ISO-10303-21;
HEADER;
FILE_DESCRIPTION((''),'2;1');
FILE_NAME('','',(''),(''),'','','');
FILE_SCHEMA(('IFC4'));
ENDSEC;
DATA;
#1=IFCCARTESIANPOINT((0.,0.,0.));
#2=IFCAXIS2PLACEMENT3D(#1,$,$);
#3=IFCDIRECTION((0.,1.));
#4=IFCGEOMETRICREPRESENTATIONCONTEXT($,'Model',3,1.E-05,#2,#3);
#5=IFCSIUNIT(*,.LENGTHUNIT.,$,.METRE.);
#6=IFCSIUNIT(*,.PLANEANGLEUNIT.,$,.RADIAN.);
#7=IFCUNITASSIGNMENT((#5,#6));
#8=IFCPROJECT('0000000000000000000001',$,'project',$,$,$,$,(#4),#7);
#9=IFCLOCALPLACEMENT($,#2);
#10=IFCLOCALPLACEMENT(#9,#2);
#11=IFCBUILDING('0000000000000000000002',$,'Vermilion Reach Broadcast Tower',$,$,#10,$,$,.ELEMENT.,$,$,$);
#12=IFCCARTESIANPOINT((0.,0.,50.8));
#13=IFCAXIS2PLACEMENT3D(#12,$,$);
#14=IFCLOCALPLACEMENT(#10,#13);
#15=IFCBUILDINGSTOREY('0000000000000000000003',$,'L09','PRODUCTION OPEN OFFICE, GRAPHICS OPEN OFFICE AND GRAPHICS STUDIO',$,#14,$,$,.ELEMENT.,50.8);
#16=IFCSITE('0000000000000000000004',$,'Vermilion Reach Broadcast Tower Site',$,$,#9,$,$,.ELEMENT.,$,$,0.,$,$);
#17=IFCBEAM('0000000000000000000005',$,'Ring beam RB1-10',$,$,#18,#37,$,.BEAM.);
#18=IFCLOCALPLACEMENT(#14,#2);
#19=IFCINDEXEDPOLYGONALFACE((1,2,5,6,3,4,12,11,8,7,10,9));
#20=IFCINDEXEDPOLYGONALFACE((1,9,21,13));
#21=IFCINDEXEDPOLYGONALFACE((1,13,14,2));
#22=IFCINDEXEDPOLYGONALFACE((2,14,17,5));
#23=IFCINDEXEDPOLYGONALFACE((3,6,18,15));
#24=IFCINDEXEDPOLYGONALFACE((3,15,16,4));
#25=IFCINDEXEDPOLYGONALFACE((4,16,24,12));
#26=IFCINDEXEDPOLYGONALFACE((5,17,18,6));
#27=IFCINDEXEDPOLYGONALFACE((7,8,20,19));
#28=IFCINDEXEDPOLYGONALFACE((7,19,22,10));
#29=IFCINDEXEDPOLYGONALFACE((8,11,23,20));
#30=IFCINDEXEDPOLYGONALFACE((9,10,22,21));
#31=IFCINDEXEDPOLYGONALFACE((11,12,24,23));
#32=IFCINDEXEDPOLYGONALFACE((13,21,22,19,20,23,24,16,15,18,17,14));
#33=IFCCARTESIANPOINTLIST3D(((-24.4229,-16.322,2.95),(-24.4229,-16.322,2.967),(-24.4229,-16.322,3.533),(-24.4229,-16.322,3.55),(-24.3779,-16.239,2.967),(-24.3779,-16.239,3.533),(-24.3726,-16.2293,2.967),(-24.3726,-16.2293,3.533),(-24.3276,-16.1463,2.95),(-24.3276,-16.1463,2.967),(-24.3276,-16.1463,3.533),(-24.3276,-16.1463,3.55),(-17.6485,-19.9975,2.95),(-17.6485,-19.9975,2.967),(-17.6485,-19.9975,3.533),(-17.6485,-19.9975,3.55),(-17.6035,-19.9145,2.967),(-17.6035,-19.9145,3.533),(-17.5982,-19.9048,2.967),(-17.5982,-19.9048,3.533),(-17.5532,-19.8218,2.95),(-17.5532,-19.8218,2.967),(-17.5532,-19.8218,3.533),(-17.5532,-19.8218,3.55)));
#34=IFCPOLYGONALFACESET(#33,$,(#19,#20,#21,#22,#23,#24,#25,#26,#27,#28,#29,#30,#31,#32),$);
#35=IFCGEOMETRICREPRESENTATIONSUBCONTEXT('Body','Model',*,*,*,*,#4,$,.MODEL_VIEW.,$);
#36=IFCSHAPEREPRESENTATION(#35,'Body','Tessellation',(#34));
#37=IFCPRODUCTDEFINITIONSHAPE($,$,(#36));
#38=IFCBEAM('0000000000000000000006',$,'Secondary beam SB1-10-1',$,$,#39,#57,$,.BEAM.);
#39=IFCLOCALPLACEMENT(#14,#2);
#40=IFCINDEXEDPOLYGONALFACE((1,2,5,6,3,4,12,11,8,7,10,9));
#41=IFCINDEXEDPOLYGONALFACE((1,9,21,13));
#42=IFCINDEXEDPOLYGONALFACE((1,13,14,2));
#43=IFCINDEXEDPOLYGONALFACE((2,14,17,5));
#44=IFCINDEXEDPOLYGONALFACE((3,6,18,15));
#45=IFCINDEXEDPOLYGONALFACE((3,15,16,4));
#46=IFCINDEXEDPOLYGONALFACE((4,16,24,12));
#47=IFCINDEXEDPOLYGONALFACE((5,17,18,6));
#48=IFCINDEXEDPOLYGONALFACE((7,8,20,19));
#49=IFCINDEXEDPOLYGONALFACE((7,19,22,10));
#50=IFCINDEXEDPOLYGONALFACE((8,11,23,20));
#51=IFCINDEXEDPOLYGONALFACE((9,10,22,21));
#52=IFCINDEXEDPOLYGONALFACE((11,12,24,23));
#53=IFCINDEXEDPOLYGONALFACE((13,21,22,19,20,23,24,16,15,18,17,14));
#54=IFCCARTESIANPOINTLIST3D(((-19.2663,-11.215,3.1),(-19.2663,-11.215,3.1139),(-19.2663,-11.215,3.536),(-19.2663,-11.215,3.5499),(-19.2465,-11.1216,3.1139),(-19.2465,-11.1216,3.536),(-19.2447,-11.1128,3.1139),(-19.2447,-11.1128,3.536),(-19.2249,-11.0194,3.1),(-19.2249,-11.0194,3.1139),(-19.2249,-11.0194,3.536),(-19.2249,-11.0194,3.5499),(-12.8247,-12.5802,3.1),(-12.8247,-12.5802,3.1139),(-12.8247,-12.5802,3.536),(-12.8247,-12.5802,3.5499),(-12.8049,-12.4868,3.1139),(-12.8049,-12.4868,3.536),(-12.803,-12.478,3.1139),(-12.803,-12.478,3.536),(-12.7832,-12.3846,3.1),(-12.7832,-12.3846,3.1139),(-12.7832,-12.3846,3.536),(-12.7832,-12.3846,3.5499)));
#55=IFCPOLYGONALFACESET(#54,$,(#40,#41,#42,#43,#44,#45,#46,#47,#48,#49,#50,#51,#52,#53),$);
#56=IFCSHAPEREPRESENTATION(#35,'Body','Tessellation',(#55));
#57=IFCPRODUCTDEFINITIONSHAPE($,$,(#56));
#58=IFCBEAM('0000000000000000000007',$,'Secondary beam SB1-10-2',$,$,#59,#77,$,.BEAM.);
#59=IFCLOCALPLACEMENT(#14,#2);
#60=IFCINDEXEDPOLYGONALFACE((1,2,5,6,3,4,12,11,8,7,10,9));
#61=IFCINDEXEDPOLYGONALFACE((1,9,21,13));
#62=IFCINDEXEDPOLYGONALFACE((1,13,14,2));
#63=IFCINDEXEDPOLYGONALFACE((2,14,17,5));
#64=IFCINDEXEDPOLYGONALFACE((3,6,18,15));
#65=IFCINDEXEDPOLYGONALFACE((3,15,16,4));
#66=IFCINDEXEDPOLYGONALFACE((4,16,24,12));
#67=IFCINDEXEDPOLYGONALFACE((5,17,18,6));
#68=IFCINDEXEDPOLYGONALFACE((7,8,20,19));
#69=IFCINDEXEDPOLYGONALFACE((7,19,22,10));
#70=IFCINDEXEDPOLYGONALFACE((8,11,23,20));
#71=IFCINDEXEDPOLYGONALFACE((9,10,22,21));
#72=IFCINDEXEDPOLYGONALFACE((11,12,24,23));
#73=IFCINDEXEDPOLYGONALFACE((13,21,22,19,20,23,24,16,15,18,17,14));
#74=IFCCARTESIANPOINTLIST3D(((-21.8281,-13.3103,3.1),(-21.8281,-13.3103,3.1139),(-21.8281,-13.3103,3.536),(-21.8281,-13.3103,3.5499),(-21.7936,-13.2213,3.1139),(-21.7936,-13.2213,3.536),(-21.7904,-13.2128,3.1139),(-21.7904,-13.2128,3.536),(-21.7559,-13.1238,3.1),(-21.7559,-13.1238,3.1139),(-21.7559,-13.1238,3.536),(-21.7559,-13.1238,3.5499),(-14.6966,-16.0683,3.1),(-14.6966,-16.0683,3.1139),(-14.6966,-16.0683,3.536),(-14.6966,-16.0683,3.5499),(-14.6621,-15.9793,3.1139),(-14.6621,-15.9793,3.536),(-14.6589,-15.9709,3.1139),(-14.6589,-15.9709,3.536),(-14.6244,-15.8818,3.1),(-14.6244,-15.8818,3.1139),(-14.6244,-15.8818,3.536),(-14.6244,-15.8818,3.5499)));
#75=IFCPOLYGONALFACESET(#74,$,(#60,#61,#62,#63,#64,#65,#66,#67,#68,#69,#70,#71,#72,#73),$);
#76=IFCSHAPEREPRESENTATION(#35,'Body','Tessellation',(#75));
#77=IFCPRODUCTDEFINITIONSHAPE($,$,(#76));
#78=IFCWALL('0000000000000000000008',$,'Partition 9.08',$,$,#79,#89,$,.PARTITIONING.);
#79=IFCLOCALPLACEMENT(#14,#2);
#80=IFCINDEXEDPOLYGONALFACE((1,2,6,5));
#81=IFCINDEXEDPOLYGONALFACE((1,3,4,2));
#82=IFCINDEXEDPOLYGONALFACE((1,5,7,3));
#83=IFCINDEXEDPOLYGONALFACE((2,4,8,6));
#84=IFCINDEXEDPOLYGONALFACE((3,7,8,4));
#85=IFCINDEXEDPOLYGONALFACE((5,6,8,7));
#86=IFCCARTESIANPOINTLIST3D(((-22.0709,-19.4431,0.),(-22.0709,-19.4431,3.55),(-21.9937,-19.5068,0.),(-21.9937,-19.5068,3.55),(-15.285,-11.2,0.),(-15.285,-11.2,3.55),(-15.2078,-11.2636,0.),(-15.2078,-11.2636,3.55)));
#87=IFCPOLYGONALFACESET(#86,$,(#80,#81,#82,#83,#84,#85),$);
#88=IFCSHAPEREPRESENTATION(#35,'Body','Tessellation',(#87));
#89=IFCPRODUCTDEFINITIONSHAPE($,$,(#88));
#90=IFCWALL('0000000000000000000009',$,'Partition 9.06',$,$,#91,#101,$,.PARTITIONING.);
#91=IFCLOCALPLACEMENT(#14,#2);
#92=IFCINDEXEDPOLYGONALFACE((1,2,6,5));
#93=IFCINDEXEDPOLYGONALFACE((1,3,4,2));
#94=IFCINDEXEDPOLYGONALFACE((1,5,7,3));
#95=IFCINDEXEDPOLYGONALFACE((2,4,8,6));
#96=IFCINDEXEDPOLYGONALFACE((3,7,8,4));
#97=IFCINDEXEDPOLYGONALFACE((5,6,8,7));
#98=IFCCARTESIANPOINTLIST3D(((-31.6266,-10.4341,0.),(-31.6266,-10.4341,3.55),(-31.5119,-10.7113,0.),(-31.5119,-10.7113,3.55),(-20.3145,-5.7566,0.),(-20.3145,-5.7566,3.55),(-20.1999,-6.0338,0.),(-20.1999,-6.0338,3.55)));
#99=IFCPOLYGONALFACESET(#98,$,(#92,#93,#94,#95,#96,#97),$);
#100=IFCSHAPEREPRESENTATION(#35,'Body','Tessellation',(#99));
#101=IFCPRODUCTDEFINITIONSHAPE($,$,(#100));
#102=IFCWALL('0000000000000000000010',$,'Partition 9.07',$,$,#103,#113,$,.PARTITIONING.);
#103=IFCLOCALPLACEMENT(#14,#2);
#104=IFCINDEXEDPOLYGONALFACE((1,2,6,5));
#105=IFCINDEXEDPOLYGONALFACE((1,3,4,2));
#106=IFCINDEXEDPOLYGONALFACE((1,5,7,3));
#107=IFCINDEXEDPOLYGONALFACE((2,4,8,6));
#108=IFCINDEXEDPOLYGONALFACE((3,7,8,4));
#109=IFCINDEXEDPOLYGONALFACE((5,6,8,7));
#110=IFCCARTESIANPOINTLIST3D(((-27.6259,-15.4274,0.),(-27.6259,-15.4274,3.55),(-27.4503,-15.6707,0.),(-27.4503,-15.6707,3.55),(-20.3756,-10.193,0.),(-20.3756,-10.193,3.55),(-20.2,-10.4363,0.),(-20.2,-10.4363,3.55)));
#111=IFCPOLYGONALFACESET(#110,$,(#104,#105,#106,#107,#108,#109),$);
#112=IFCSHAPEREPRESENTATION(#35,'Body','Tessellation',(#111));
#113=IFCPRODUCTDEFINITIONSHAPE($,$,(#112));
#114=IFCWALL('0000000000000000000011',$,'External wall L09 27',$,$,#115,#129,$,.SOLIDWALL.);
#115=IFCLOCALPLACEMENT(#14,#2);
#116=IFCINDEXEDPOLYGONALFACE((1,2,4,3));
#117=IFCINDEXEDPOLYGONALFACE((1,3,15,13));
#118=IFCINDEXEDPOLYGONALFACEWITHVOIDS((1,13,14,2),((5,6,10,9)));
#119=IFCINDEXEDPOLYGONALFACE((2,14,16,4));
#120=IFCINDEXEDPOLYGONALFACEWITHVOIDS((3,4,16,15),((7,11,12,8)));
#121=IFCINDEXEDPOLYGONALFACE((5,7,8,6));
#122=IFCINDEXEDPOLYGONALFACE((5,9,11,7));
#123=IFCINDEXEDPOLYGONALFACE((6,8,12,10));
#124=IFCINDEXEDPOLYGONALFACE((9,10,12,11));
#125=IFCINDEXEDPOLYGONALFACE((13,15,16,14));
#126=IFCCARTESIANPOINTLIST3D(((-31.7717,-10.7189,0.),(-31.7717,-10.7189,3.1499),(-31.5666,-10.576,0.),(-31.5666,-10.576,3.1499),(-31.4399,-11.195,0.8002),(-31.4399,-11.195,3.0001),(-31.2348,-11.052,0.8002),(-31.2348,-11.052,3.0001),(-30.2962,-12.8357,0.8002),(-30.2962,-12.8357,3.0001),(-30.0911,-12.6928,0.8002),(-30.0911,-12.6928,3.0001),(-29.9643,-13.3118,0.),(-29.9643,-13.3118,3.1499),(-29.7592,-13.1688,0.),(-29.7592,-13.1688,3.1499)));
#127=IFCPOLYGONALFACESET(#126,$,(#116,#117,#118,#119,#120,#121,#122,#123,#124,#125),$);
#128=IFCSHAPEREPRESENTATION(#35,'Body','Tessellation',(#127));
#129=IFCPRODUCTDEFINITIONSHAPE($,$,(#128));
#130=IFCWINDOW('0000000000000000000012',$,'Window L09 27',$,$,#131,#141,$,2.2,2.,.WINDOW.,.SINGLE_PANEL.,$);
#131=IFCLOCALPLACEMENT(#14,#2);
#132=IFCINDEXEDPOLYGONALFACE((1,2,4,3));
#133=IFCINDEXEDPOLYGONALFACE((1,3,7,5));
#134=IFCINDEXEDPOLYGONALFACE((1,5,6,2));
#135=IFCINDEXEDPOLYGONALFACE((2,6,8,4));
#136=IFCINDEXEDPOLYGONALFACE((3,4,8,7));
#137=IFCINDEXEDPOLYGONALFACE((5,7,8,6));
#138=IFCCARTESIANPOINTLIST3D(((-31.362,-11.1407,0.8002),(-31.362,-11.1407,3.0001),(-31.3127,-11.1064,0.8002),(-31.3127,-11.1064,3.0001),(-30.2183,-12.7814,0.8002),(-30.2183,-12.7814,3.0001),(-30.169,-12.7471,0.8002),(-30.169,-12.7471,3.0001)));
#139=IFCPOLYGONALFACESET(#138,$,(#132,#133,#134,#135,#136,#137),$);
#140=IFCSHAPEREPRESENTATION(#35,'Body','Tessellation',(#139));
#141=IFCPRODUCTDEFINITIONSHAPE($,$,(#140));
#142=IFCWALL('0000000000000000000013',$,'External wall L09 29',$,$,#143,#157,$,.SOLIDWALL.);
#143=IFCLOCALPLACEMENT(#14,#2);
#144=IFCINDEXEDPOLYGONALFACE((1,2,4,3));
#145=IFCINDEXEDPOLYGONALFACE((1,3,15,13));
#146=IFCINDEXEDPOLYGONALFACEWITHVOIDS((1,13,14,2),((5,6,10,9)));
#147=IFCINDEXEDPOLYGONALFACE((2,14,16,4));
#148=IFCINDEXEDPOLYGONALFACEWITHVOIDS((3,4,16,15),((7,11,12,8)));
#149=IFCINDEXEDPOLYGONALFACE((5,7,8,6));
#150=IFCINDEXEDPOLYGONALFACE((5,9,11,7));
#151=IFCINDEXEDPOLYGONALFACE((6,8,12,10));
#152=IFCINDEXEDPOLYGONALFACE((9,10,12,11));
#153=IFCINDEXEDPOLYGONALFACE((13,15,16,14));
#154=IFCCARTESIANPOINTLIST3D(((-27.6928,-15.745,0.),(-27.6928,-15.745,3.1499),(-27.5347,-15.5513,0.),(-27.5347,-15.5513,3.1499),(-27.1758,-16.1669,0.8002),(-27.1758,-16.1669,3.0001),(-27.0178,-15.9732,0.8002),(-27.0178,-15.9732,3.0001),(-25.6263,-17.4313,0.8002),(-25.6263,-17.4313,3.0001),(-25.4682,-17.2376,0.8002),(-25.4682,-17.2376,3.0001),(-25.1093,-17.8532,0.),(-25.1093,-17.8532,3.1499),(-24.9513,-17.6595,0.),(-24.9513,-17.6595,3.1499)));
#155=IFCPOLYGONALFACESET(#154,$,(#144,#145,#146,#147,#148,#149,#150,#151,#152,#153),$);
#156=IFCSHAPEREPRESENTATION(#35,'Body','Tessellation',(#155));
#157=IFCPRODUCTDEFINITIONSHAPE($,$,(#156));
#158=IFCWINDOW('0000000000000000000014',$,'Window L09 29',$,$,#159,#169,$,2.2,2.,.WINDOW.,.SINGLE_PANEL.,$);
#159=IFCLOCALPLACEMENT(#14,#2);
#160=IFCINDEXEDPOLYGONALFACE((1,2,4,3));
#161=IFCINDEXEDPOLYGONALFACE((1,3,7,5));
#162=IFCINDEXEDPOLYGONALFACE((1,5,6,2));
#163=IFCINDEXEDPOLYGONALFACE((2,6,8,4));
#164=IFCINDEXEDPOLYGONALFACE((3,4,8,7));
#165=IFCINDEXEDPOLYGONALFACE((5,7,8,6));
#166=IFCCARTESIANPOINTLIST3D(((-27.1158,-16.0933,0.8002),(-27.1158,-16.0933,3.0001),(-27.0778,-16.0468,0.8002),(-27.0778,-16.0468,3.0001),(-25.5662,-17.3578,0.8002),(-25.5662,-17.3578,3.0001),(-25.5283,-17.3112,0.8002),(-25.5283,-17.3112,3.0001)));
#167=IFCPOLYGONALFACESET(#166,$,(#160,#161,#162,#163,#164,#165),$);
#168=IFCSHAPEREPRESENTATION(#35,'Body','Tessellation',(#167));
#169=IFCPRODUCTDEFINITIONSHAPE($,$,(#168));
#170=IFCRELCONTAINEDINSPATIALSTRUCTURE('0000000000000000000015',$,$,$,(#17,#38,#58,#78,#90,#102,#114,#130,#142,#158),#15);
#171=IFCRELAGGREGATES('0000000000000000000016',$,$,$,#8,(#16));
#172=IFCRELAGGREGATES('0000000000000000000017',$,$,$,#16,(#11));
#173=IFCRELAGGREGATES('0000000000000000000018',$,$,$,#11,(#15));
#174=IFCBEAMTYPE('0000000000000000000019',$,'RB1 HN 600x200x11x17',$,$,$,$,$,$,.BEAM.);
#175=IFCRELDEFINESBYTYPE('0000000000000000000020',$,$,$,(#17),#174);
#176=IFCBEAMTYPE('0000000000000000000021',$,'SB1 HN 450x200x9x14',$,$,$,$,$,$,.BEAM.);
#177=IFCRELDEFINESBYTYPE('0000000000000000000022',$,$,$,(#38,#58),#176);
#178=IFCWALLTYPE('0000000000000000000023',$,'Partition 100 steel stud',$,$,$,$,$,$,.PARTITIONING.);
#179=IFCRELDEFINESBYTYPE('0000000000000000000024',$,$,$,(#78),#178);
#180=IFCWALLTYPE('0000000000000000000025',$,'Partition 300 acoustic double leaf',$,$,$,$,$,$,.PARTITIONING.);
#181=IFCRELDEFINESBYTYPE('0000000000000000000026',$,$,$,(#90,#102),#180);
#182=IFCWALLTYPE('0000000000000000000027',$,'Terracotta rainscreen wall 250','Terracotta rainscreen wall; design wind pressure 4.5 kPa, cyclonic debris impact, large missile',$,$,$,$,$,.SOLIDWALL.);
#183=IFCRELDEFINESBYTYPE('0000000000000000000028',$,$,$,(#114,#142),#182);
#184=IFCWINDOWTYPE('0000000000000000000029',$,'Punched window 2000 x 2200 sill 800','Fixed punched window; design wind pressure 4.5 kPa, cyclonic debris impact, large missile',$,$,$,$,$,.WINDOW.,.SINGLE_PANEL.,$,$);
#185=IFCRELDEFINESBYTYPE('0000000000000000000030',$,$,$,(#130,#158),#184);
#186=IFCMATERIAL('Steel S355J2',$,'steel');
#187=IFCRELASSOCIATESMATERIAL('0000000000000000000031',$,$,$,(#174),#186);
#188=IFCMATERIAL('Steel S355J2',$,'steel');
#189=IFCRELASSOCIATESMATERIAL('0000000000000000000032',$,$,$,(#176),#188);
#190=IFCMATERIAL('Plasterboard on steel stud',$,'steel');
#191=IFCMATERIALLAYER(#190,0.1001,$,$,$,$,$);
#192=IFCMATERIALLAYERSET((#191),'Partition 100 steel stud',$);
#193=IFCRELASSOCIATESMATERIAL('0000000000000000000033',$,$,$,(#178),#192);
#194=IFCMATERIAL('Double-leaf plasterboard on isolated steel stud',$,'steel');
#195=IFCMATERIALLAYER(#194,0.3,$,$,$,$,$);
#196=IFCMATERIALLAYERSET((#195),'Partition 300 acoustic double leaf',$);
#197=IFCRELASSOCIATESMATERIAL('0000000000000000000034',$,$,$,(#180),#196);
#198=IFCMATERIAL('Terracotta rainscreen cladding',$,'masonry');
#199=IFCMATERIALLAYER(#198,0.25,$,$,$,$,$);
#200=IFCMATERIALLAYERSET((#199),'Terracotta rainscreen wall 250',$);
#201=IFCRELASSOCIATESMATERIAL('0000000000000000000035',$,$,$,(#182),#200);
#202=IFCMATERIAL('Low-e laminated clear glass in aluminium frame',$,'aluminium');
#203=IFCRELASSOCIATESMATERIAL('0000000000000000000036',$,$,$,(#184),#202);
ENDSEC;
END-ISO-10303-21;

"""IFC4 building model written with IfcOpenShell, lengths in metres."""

from ifc_helpers import new_model, si_unit, direction, frame, frame_2d, origin, origin_2d, place, context, subcontext, project, spatial, rectangle, i_section, extrude, material, layer, layer_set, material_profile, profile_set, type_object, element, fill, save


model = new_model("IFC4")

# Units and contexts
model_context = context("Model", 3, precision=1e-05, world=origin(), true_north=direction((0.0, 1.0)))
body_context = subcontext(model_context, "Body", "Model", "MODEL_VIEW")
ifc_project = project(units=[si_unit("LENGTHUNIT", "METRE"), si_unit("PLANEANGLEUNIT", "RADIAN")], contexts=[model_context])

# Site, building, storey
site_placement = place(None, origin())
site = spatial("IfcSite", under=ifc_project, at=site_placement, Name="Vermilion Reach Broadcast Tower Site", CompositionType="ELEMENT", RefElevation=0.0)
building_placement = place(site_placement, origin())
building = spatial("IfcBuilding", under=site, at=building_placement, Name="Vermilion Reach Broadcast Tower", CompositionType="ELEMENT")
storey_placement = place(building_placement, frame((0.0, 0.0, 50.8)))
storey = spatial("IfcBuildingStorey", under=building, at=storey_placement, Name="L09", Description="PRODUCTION OPEN OFFICE, GRAPHICS OPEN OFFICE AND GRAPHICS STUDIO", CompositionType="ELEMENT", Elevation=50.8)

# Beams
ifc_material_1 = material(Name="Steel S355J2", Category="steel")
ifc_material_profile_1 = material_profile(ifc_material_1, i_section(OverallWidth=0.2, OverallDepth=0.6001, WebThickness=0.011, FlangeThickness=0.0171, at=origin_2d()), Name="S355J2 HN 600x200x11x17")
ifc_profile_set_1 = profile_set([ifc_material_profile_1], Name="Steel S355J2")
beam_type_1 = type_object("IfcBeamType", Name="RB1 HN 600x200x11x17", PredefinedType="BEAM", material=ifc_profile_set_1)
beam_1_placement = place(storey_placement, frame((-24.3752, -16.2341, 3.25), z_axis=(0.878962, -0.476891, 0.0), x_axis=(0.476891, 0.878962, 0.0)))
element("IfcBeam", 1, at=beam_1_placement, inside=storey, type_object=beam_type_1, Name="Ring beam RB1-10", PredefinedType="BEAM", context=body_context, shape_type="SweptSolid", body=[
    extrude(i_section(OverallWidth=0.2, OverallDepth=0.6001, WebThickness=0.011, FlangeThickness=0.0171, at=origin_2d()), origin(), (0.0, 0.0, 1.0), 7.7073),
])
ifc_material_2 = material(Name="Steel S355J2", Category="steel")
ifc_material_profile_2 = material_profile(ifc_material_2, i_section(OverallWidth=0.2, OverallDepth=0.45, WebThickness=0.009, FlangeThickness=0.0139, at=origin_2d()), Name="S355J2 HN 450x200x9x14")
ifc_profile_set_2 = profile_set([ifc_material_profile_2], Name="Steel S355J2")
beam_type_2 = type_object("IfcBeamType", Name="SB1 HN 450x200x9x14", PredefinedType="BEAM", material=ifc_profile_set_2)
beam_2_placement = place(storey_placement, frame((-19.2456, -11.1172, 3.325), z_axis=(0.97827, -0.207333, 0.0), x_axis=(0.207333, 0.97827, 0.0)))
element("IfcBeam", 2, at=beam_2_placement, inside=storey, type_object=beam_type_2, Name="Secondary beam SB1-10-1", PredefinedType="BEAM", context=body_context, shape_type="SweptSolid", body=[
    extrude(i_section(OverallWidth=0.2, OverallDepth=0.45, WebThickness=0.009, FlangeThickness=0.0139, at=origin_2d()), origin(), (0.0, 0.0, 1.0), 6.5847),
])
beam_3_placement = place(storey_placement, frame((-21.792, -13.217, 3.325), z_axis=(0.932681, -0.360703, 0.0), x_axis=(0.360703, 0.932681, 0.0)))
element("IfcBeam", 3, at=beam_3_placement, inside=storey, type_object=beam_type_2, Name="Secondary beam SB1-10-2", PredefinedType="BEAM", context=body_context, shape_type="SweptSolid", body=[
    extrude(i_section(OverallWidth=0.2, OverallDepth=0.45, WebThickness=0.009, FlangeThickness=0.0139, at=origin_2d()), origin(), (0.0, 0.0, 1.0), 7.6462),
])

# Walls
ifc_material_3 = material(Name="Plasterboard on steel stud", Category="steel")
ifc_layer_1 = layer(ifc_material_3, 0.1001)
ifc_layer_set_1 = layer_set([ifc_layer_1], Name="Partition 100 steel stud")
wall_type_1 = type_object("IfcWallType", Name="Partition 100 steel stud", PredefinedType="PARTITIONING", material=ifc_layer_set_1)
wall_1_placement = place(storey_placement, frame((-22.0322, -19.4749, 0.0), z_axis=(0.0, 0.0, 1.0), x_axis=(0.635562, 0.77205, 0.0)))
element("IfcWall", 4, at=wall_1_placement, inside=storey, type_object=wall_type_1, Name="Partition 9.08", PredefinedType="PARTITIONING", context=body_context, shape_type="SweptSolid", body=[
    extrude(rectangle(XDim=10.677, YDim=0.1001, at=frame_2d((5.3384, 0.0))), origin(), (0.0, 0.0, 1.0), 3.55),
])
ifc_material_4 = material(Name="Double-leaf plasterboard on isolated steel stud", Category="steel")
ifc_layer_2 = layer(ifc_material_4, 0.3)
ifc_layer_set_2 = layer_set([ifc_layer_2], Name="Partition 300 acoustic double leaf")
wall_type_2 = type_object("IfcWallType", Name="Partition 300 acoustic double leaf", PredefinedType="PARTITIONING", material=ifc_layer_set_2)
wall_2_placement = place(storey_placement, frame((-31.5693, -10.5728, 0.0), z_axis=(0.0, 0.0, 1.0), x_axis=(0.924113, 0.382119, 0.0)))
element("IfcWall", 5, at=wall_2_placement, inside=storey, type_object=wall_type_2, Name="Partition 9.06", PredefinedType="PARTITIONING", context=body_context, shape_type="SweptSolid", body=[
    extrude(rectangle(XDim=12.241, YDim=0.3, at=frame_2d((6.1206, 0.0))), origin(), (0.0, 0.0, 1.0), 3.55),
])
wall_3_placement = place(storey_placement, frame((-27.5381, -15.5491, 0.0), z_axis=(0.0, 0.0, 1.0), x_axis=(0.810781, 0.58535, 0.0)))
element("IfcWall", 6, at=wall_3_placement, inside=storey, type_object=wall_type_2, Name="Partition 9.07", PredefinedType="PARTITIONING", context=body_context, shape_type="SweptSolid", body=[
    extrude(rectangle(XDim=8.9424, YDim=0.3, at=frame_2d((4.4712, 0.0))), origin(), (0.0, 0.0, 1.0), 3.55),
])

# Wall, opening, window
ifc_material_5 = material(Name="Terracotta rainscreen cladding", Category="masonry")
ifc_layer_3 = layer(ifc_material_5, 0.25)
ifc_layer_set_3 = layer_set([ifc_layer_3], Name="Terracotta rainscreen wall 250")
wall_type_3 = type_object("IfcWallType", Name="Terracotta rainscreen wall 250", Description="Terracotta rainscreen wall; design wind pressure 4.5 kPa, cyclonic debris impact, large missile", PredefinedType="SOLIDWALL", material=ifc_layer_set_3)
wall_4_placement = place(storey_placement, frame((-31.6692, -10.6475, 0.0), z_axis=(0.0, 0.0, 1.0), x_axis=(0.571854, -0.820355, 0.0)))
wall_4 = element("IfcWall", 7, at=wall_4_placement, inside=storey, type_object=wall_type_3, Name="External wall L09 27", PredefinedType="SOLIDWALL", context=body_context, shape_type="SweptSolid", body=[
    extrude(rectangle(XDim=3.1606, YDim=0.25, at=frame_2d((1.5803, 0.0))), origin(), (0.0, 0.0, 1.0), 3.1499),
])
opening_1_placement = place(wall_4_placement, frame((0.5803, 0.0, 0.8)))
opening_1 = element("IfcOpeningElement", 8, at=opening_1_placement, cuts=wall_4, PredefinedType="OPENING", context=body_context, shape_type="SweptSolid", body=[
    extrude(rectangle(XDim=2.0, YDim=2.2, at=frame_2d((1.0, 1.1001))), frame((0.0, 0.135, 0.0), z_axis=(0.0, -1.0, 0.0), x_axis=(1.0, 0.0, 0.0)), (0.0, 0.0, 1.0), 0.27),
])
ifc_material_6 = material(Name="Low-e laminated clear glass in aluminium frame", Category="aluminium")
window_type = type_object("IfcWindowType", Name="Punched window 2000 x 2200 sill 800", Description="Fixed punched window; design wind pressure 4.5 kPa, cyclonic debris impact, large missile", PartitioningType="SINGLE_PANEL", PredefinedType="WINDOW", material=ifc_material_6)
window_1_placement = place(opening_1_placement, origin())
window_1 = element("IfcWindow", 9, at=window_1_placement, inside=storey, type_object=window_type, Name="Window L09 27", OverallHeight=2.2, OverallWidth=2.0, PartitioningType="SINGLE_PANEL", PredefinedType="WINDOW", context=body_context, shape_type="SweptSolid", body=[
    extrude(rectangle(XDim=2.0, YDim=2.2, at=frame_2d((1.0, 1.1001))), frame((0.0, 0.03, 0.0), z_axis=(0.0, -1.0, 0.0), x_axis=(1.0, 0.0, 0.0)), (0.0, 0.0, 1.0), 0.0601),
])
fill(opening_1, window_1)

# Wall, opening, window
wall_5_placement = place(storey_placement, frame((-27.6138, -15.6482, 0.0), z_axis=(0.0, 0.0, 1.0), x_axis=(0.774782, -0.632229, 0.0)))
wall_5 = element("IfcWall", 10, at=wall_5_placement, inside=storey, type_object=wall_type_3, Name="External wall L09 29", PredefinedType="SOLIDWALL", context=body_context, shape_type="SweptSolid", body=[
    extrude(rectangle(XDim=3.3345, YDim=0.25, at=frame_2d((1.6672, 0.0))), origin(), (0.0, 0.0, 1.0), 3.1499),
])
opening_2_placement = place(wall_5_placement, frame((0.6672, 0.0, 0.8)))
opening_2 = element("IfcOpeningElement", 11, at=opening_2_placement, cuts=wall_5, PredefinedType="OPENING", context=body_context, shape_type="SweptSolid", body=[
    extrude(rectangle(XDim=2.0, YDim=2.2, at=frame_2d((1.0, 1.1001))), frame((0.0, 0.135, 0.0), z_axis=(0.0, -1.0, 0.0), x_axis=(1.0, 0.0, 0.0)), (0.0, 0.0, 1.0), 0.27),
])
window_2_placement = place(opening_2_placement, origin())
window_2 = element("IfcWindow", 12, at=window_2_placement, inside=storey, type_object=window_type, Name="Window L09 29", OverallHeight=2.2, OverallWidth=2.0, PartitioningType="SINGLE_PANEL", PredefinedType="WINDOW", context=body_context, shape_type="SweptSolid", body=[
    extrude(rectangle(XDim=2.0, YDim=2.2, at=frame_2d((1.0, 1.1001))), frame((0.0, 0.03, 0.0), z_axis=(0.0, -1.0, 0.0), x_axis=(1.0, 0.0, 0.0)), (0.0, 0.0, 1.0), 0.0601),
])
fill(opening_2, window_2)

save(model, "model.ifc")
